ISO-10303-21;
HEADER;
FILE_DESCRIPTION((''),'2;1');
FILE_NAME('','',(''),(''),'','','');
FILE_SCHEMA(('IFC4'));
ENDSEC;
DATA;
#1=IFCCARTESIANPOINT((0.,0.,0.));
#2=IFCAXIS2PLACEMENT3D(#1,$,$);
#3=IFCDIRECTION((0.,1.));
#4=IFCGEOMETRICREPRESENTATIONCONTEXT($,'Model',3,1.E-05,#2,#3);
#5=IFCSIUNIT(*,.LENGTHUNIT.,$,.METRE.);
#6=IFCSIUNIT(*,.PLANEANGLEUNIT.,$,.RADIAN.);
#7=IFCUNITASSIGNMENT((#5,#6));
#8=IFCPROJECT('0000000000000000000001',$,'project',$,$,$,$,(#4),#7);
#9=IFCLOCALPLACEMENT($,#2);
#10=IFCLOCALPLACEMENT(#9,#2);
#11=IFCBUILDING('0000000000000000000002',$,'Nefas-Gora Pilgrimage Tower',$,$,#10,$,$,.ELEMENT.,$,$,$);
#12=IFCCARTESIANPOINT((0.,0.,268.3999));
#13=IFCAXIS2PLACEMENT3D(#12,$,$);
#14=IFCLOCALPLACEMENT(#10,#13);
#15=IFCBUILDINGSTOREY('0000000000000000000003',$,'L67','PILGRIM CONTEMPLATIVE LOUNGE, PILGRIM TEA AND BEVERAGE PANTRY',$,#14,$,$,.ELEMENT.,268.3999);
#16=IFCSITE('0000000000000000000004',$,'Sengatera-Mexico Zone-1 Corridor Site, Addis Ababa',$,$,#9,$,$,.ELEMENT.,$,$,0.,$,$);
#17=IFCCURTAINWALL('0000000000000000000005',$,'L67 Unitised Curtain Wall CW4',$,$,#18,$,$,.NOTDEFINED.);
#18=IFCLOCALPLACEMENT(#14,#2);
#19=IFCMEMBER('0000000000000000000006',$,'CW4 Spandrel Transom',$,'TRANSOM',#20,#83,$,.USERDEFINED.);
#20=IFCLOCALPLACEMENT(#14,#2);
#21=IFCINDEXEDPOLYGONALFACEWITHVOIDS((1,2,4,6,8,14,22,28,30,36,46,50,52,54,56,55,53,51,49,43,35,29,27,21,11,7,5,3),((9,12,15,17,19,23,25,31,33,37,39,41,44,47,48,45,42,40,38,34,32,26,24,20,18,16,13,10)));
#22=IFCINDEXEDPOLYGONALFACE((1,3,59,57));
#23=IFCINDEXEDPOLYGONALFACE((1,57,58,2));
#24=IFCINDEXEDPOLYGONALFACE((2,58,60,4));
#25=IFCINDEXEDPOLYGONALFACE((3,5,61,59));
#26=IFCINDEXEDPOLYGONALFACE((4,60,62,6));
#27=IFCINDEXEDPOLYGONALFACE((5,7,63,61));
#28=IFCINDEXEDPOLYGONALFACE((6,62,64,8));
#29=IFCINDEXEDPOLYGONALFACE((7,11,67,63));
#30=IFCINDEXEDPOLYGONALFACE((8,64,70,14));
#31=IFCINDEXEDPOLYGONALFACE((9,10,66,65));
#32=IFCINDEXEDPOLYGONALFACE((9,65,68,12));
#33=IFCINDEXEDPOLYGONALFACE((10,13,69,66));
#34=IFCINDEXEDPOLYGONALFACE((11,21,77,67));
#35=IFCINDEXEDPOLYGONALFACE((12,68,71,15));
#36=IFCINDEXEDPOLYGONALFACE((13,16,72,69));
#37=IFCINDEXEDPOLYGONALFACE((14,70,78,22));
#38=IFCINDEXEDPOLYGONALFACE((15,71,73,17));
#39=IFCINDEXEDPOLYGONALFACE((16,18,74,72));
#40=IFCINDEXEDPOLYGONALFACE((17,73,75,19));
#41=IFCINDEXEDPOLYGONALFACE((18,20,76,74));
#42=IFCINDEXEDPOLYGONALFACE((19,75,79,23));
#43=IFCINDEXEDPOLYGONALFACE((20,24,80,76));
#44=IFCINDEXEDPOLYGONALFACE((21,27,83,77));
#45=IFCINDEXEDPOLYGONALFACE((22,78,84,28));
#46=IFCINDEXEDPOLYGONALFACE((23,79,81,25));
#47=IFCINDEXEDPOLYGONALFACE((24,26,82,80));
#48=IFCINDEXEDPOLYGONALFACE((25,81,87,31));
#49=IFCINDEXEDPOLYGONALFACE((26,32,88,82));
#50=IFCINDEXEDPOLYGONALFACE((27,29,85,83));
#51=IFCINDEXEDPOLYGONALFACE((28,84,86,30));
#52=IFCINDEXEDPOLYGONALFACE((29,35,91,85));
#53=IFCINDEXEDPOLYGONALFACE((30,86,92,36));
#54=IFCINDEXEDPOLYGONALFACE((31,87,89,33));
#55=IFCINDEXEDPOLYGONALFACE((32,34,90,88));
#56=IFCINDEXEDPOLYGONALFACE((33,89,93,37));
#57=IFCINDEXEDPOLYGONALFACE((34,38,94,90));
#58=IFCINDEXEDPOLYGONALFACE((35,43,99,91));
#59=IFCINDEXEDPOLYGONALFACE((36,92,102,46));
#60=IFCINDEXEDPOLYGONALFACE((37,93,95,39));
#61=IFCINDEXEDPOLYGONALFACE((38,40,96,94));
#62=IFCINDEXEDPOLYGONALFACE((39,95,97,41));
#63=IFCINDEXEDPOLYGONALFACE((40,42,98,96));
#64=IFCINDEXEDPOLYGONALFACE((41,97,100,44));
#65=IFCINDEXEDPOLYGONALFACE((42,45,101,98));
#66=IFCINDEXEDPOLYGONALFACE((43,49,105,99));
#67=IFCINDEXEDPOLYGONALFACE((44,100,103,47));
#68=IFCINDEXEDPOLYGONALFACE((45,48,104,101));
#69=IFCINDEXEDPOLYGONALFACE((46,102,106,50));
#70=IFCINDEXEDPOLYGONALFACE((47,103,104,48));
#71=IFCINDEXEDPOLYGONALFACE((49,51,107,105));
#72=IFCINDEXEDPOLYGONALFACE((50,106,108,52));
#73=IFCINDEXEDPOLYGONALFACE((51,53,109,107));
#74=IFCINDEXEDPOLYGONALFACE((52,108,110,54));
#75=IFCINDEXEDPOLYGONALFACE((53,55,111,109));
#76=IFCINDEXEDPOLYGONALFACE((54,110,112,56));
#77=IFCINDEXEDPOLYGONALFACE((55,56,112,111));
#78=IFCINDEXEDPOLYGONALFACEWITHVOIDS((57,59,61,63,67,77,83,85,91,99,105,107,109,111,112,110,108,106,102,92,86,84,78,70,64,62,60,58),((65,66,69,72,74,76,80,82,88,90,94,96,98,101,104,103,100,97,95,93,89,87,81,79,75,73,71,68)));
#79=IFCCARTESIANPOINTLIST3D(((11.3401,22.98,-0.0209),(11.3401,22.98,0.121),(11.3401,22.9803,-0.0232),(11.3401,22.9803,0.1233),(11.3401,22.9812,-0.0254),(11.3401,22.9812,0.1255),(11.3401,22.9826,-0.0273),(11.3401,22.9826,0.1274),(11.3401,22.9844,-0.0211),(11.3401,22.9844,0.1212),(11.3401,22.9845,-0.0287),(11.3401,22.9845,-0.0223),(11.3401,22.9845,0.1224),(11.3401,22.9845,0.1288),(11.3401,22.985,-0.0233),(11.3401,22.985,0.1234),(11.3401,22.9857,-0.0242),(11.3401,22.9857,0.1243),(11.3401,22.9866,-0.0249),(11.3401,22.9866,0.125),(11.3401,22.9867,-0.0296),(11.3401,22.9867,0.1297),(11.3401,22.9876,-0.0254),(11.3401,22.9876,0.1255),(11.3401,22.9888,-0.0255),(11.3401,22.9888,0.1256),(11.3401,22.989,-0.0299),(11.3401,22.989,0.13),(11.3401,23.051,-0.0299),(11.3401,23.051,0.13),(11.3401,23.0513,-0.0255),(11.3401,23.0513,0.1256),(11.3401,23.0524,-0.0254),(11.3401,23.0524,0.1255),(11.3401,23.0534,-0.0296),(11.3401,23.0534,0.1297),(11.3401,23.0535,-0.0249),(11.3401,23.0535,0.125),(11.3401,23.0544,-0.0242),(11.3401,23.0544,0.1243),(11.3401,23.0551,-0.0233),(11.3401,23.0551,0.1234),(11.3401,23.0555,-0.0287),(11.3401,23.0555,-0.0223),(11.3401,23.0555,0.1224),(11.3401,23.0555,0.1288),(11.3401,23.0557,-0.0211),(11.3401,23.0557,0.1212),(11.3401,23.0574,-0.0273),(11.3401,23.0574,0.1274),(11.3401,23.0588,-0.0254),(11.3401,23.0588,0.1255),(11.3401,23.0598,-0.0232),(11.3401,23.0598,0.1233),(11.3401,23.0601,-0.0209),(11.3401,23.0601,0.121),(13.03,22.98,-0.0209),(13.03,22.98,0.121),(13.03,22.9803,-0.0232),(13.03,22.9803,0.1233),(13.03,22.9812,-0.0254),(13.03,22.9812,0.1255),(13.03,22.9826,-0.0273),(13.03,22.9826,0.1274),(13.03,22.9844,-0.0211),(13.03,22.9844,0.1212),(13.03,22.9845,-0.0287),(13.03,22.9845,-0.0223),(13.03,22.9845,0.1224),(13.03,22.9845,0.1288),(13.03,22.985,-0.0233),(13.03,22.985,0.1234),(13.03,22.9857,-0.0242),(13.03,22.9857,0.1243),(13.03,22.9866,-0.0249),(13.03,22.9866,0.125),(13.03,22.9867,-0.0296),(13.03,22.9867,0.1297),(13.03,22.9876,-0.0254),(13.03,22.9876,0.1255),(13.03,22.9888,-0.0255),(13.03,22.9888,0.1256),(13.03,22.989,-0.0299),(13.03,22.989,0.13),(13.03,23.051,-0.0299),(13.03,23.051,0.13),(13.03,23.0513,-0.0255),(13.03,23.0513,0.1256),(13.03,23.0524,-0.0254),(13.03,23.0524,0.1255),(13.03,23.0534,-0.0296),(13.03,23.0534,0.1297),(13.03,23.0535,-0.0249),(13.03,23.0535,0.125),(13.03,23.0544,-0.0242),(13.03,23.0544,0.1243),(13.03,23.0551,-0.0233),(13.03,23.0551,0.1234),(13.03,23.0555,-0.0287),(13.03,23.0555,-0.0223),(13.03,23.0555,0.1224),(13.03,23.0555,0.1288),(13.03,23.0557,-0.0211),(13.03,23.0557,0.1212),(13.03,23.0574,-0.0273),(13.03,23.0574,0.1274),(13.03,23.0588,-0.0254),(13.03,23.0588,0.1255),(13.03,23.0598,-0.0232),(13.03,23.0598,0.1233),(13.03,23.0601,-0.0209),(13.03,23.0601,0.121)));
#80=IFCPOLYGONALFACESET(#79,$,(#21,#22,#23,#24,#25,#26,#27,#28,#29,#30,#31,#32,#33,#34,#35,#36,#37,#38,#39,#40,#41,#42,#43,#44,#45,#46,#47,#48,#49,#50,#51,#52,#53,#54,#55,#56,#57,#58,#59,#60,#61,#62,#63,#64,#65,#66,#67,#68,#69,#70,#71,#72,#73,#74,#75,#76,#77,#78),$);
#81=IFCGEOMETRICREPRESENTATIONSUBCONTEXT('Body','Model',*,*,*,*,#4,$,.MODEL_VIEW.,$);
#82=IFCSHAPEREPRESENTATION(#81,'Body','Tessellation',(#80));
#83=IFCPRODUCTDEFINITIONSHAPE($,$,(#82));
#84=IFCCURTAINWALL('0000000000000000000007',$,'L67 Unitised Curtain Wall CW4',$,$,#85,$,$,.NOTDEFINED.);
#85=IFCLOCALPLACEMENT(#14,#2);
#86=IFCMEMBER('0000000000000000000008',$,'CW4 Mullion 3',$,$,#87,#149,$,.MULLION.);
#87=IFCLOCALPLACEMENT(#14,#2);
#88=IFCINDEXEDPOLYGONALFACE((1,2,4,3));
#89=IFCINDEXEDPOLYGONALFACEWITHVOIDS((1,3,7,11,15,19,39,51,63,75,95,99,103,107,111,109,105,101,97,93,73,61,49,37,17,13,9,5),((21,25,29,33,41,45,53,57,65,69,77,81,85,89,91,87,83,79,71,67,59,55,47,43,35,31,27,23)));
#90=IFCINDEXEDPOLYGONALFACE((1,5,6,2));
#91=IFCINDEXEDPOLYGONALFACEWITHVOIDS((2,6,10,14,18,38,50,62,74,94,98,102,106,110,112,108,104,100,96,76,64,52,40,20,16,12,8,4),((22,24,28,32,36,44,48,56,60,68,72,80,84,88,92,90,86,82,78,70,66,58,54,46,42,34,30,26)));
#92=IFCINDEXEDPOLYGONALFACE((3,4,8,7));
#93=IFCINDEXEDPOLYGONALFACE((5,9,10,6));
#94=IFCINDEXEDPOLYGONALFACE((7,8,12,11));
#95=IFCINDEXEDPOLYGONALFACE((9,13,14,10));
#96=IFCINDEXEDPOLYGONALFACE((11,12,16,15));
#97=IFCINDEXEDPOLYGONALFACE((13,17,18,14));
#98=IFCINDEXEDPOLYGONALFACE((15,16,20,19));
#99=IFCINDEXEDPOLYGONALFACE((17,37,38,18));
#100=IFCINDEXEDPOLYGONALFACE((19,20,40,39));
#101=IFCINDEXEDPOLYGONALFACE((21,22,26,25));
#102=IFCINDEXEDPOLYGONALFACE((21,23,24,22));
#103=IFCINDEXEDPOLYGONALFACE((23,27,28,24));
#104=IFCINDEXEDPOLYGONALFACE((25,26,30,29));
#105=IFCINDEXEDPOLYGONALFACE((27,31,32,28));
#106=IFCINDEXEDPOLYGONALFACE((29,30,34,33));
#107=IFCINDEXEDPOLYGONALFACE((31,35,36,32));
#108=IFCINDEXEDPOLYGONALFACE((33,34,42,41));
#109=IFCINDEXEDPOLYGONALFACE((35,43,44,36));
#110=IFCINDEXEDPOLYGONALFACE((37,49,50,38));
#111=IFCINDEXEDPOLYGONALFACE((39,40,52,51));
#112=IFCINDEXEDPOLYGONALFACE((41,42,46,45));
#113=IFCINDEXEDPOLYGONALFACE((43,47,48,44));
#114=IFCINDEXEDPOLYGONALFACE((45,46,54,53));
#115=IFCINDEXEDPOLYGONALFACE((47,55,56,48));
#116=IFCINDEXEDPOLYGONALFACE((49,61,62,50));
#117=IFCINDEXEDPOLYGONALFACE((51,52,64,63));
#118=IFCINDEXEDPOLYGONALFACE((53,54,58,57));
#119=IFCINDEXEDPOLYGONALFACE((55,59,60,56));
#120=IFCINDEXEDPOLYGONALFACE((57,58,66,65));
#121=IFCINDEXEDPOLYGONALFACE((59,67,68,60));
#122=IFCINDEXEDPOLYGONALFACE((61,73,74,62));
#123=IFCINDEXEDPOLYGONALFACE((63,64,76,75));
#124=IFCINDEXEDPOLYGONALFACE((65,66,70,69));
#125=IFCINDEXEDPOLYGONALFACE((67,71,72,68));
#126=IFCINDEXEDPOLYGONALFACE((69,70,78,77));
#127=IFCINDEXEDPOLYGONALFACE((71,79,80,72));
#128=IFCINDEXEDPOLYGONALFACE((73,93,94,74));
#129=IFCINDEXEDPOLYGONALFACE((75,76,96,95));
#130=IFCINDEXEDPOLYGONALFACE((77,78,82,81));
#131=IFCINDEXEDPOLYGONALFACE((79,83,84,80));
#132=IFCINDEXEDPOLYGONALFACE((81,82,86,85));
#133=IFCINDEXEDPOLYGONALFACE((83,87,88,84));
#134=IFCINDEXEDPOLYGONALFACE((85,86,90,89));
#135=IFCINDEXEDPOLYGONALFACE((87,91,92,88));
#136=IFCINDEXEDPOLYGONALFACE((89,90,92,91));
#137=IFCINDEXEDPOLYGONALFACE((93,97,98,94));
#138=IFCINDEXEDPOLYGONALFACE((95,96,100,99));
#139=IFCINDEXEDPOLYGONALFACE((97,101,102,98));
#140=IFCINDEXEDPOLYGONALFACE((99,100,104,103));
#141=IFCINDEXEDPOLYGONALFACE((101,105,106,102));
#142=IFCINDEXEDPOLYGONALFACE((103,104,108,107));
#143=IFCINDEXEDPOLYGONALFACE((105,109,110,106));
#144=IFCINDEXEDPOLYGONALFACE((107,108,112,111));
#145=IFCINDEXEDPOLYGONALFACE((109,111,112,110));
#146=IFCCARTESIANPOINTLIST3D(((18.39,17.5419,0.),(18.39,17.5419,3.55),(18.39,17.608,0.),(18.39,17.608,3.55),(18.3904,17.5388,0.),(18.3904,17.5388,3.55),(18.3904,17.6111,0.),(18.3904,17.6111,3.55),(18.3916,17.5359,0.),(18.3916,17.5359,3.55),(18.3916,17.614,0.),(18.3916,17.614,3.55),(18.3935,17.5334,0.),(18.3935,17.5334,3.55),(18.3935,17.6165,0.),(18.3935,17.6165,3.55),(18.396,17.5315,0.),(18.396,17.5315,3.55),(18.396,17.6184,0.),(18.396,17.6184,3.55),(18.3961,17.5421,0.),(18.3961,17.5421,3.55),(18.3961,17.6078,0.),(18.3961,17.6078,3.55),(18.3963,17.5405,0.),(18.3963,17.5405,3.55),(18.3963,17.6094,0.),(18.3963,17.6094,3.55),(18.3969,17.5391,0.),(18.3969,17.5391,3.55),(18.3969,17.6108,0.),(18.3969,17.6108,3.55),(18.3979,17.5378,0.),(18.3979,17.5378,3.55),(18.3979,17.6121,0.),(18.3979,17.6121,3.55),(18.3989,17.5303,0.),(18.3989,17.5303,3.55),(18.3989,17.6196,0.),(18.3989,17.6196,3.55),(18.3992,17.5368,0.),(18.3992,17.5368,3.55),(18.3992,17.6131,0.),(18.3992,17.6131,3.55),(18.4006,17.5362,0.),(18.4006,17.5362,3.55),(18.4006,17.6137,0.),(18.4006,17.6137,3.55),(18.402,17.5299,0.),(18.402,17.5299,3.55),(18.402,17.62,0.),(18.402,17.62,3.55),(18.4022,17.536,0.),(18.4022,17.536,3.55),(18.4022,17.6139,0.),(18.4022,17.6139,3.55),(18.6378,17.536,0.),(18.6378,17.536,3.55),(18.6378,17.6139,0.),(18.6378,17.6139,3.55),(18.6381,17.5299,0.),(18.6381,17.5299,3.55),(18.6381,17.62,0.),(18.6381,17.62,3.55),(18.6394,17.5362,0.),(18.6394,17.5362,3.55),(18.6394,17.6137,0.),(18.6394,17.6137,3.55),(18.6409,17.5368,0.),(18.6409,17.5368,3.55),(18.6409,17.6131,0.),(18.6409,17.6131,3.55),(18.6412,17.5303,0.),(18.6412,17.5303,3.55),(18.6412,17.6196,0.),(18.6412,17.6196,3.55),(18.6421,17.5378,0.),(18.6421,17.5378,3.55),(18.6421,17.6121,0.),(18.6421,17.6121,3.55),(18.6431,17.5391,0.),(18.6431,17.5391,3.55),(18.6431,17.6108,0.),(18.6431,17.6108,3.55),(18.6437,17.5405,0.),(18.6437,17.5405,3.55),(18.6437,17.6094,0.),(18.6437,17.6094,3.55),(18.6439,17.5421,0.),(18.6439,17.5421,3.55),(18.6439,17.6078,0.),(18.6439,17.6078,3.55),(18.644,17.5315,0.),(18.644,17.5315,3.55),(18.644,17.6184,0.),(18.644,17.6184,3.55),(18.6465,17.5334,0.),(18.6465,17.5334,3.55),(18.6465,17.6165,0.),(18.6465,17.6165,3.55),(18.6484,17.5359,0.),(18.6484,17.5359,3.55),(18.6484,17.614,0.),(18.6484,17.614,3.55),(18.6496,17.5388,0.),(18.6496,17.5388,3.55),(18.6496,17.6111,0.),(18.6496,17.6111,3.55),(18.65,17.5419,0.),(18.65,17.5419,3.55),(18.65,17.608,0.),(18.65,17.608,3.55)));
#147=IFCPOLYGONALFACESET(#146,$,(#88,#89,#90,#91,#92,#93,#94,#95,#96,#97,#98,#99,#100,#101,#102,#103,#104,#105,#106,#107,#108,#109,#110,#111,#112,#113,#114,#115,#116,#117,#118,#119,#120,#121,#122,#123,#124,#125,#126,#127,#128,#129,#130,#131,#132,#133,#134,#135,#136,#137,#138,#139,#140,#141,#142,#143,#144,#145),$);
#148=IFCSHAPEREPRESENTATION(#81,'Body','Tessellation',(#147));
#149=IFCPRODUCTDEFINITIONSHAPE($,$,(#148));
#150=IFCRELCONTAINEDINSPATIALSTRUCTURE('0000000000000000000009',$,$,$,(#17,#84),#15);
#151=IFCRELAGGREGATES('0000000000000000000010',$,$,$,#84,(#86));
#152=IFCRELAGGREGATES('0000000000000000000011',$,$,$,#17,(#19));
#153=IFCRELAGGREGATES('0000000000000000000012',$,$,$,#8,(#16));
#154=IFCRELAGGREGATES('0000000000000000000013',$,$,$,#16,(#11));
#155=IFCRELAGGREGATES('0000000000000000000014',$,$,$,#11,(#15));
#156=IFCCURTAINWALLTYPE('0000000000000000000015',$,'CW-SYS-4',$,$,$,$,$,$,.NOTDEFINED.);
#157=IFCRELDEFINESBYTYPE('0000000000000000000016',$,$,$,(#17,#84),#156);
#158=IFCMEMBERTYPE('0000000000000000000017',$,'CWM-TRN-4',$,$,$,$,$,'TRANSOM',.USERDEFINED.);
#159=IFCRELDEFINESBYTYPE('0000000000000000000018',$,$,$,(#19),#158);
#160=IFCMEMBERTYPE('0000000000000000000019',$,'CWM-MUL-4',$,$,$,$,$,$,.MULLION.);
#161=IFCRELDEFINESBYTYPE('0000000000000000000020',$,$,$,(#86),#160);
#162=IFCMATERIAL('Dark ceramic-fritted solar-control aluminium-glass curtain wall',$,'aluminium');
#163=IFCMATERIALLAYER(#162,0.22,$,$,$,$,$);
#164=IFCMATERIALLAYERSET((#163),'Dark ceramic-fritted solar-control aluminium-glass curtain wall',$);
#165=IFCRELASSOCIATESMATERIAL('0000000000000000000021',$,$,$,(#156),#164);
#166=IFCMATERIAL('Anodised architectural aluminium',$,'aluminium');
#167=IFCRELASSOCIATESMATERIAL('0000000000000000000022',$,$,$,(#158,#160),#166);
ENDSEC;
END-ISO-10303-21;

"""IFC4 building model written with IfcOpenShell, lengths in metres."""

from ifc_helpers import new_model, si_unit, direction, frame, origin, origin_2d, place, context, subcontext, project, spatial, hollow_rectangle, extrude, source, transform, mapped, material, layer, layer_set, material_profile, profile_set, type_object, element, aggregate, save


model = new_model("IFC4")

# Units and contexts
model_context = context("Model", 3, precision=1e-05, world=origin(), true_north=direction((0.0, 1.0)))
body_context = subcontext(model_context, "Body", "Model", "MODEL_VIEW")
ifc_project = project(units=[si_unit("LENGTHUNIT", "METRE"), si_unit("PLANEANGLEUNIT", "RADIAN")], contexts=[model_context])

# Site, building, storey
site_placement = place(None, origin())
site = spatial("IfcSite", under=ifc_project, at=site_placement, Name="Sengatera-Mexico Zone-1 Corridor Site, Addis Ababa", CompositionType="ELEMENT", RefElevation=0.0)
building_placement = place(site_placement, origin())
building = spatial("IfcBuilding", under=site, at=building_placement, Name="Nefas-Gora Pilgrimage Tower", CompositionType="ELEMENT")
storey_placement = place(building_placement, frame((0.0, 0.0, 268.3999)))
storey = spatial("IfcBuildingStorey", under=building, at=storey_placement, Name="L67", Description="PILGRIM CONTEMPLATIVE LOUNGE, PILGRIM TEA AND BEVERAGE PANTRY", CompositionType="ELEMENT", Elevation=268.3999)

# Shared definitions
ifc_material_1 = material(Name="Dark ceramic-fritted solar-control aluminium-glass curtain wall", Category="aluminium")
ifc_material_2 = material(Name="Anodised architectural aluminium", Category="aluminium")

# Curtain walls, members
ifc_layer_1 = layer(ifc_material_1, 0.22)
ifc_layer_set_1 = layer_set([ifc_layer_1], Name="Dark ceramic-fritted solar-control aluminium-glass curtain wall")
curtain_wall_type_1 = type_object("IfcCurtainWallType", Name="CW-SYS-4", PredefinedType="NOTDEFINED", material=ifc_layer_set_1)
curtain_wall_1_placement = place(storey_placement, origin())
curtain_wall_1 = element("IfcCurtainWall", 1, at=curtain_wall_1_placement, inside=storey, type_object=curtain_wall_type_1, Name="L67 Unitised Curtain Wall CW4", PredefinedType="NOTDEFINED")
ifc_material_profile_1 = material_profile(ifc_material_2, hollow_rectangle(XDim=0.0801, YDim=0.1599, WallThickness=0.0044, InnerFilletRadius=0.0044, OuterFilletRadius=0.009, at=origin_2d()), Name="ALU TRANSOM 80x160")
ifc_profile_set_1 = profile_set([ifc_material_profile_1], Name="Anodised architectural aluminium")
member_type_1 = type_object("IfcMemberType", Name="CWM-TRN-4", ElementType="TRANSOM", PredefinedType="USERDEFINED", material=ifc_profile_set_1)
shared_shape_1 = source(origin(), body_context, "Body", "SweptSolid", [
    extrude(hollow_rectangle(XDim=0.0801, YDim=0.1599, WallThickness=0.0044, InnerFilletRadius=0.0044, OuterFilletRadius=0.009, at=origin_2d()), origin(), (0.0, 0.0, 1.0), 1.6899),
])
member_1_placement = place(storey_placement, frame((13.03, 23.02, 0.05), z_axis=(-1.0, 0.0, 0.0), x_axis=(0.0, -1.0, 0.0)))
member_1 = element("IfcMember", 2, at=member_1_placement, type_object=member_type_1, Name="CW4 Spandrel Transom", ObjectType="TRANSOM", PredefinedType="USERDEFINED", context=body_context, shape_type="MappedRepresentation", body=[
    mapped(shared_shape_1, transform((0.0, 0.0, 0.0), x_axis=(1.0, 0.0, 0.0), y_axis=(0.0, 1.0, 0.0), z_axis=(0.0, 0.0, 1.0), scale=1.0)),
])
curtain_wall_2_placement = place(storey_placement, origin())
curtain_wall_2 = element("IfcCurtainWall", 3, at=curtain_wall_2_placement, inside=storey, type_object=curtain_wall_type_1, Name="L67 Unitised Curtain Wall CW4", PredefinedType="NOTDEFINED")
ifc_material_profile_2 = material_profile(ifc_material_2, hollow_rectangle(XDim=0.0901, YDim=0.26, WallThickness=0.0061, InnerFilletRadius=0.0061, OuterFilletRadius=0.012, at=origin_2d()), Name="ALU MULLION 90x260")
ifc_profile_set_2 = profile_set([ifc_material_profile_2], Name="Anodised architectural aluminium")
member_type_2 = type_object("IfcMemberType", Name="CWM-MUL-4", PredefinedType="MULLION", material=ifc_profile_set_2)
shared_shape_2 = source(origin(), body_context, "Body", "SweptSolid", [
    extrude(hollow_rectangle(XDim=0.0901, YDim=0.26, WallThickness=0.0061, InnerFilletRadius=0.0061, OuterFilletRadius=0.012, at=origin_2d()), origin(), (0.0, 0.0, 1.0), 3.55),
])
member_2_placement = place(storey_placement, frame((18.52, 17.575, 0.0), z_axis=(0.0, 0.0, 1.0), x_axis=(0.0, 1.0, 0.0)))
member_2 = element("IfcMember", 4, at=member_2_placement, type_object=member_type_2, Name="CW4 Mullion 3", PredefinedType="MULLION", context=body_context, shape_type="MappedRepresentation", body=[
    mapped(shared_shape_2, transform((0.0, 0.0, 0.0), x_axis=(1.0, 0.0, 0.0), y_axis=(0.0, 1.0, 0.0), z_axis=(0.0, 0.0, 1.0), scale=1.0)),
])
aggregate(curtain_wall_2, [member_2])

aggregate(curtain_wall_1, [member_1])

save(model, "model.ifc")
